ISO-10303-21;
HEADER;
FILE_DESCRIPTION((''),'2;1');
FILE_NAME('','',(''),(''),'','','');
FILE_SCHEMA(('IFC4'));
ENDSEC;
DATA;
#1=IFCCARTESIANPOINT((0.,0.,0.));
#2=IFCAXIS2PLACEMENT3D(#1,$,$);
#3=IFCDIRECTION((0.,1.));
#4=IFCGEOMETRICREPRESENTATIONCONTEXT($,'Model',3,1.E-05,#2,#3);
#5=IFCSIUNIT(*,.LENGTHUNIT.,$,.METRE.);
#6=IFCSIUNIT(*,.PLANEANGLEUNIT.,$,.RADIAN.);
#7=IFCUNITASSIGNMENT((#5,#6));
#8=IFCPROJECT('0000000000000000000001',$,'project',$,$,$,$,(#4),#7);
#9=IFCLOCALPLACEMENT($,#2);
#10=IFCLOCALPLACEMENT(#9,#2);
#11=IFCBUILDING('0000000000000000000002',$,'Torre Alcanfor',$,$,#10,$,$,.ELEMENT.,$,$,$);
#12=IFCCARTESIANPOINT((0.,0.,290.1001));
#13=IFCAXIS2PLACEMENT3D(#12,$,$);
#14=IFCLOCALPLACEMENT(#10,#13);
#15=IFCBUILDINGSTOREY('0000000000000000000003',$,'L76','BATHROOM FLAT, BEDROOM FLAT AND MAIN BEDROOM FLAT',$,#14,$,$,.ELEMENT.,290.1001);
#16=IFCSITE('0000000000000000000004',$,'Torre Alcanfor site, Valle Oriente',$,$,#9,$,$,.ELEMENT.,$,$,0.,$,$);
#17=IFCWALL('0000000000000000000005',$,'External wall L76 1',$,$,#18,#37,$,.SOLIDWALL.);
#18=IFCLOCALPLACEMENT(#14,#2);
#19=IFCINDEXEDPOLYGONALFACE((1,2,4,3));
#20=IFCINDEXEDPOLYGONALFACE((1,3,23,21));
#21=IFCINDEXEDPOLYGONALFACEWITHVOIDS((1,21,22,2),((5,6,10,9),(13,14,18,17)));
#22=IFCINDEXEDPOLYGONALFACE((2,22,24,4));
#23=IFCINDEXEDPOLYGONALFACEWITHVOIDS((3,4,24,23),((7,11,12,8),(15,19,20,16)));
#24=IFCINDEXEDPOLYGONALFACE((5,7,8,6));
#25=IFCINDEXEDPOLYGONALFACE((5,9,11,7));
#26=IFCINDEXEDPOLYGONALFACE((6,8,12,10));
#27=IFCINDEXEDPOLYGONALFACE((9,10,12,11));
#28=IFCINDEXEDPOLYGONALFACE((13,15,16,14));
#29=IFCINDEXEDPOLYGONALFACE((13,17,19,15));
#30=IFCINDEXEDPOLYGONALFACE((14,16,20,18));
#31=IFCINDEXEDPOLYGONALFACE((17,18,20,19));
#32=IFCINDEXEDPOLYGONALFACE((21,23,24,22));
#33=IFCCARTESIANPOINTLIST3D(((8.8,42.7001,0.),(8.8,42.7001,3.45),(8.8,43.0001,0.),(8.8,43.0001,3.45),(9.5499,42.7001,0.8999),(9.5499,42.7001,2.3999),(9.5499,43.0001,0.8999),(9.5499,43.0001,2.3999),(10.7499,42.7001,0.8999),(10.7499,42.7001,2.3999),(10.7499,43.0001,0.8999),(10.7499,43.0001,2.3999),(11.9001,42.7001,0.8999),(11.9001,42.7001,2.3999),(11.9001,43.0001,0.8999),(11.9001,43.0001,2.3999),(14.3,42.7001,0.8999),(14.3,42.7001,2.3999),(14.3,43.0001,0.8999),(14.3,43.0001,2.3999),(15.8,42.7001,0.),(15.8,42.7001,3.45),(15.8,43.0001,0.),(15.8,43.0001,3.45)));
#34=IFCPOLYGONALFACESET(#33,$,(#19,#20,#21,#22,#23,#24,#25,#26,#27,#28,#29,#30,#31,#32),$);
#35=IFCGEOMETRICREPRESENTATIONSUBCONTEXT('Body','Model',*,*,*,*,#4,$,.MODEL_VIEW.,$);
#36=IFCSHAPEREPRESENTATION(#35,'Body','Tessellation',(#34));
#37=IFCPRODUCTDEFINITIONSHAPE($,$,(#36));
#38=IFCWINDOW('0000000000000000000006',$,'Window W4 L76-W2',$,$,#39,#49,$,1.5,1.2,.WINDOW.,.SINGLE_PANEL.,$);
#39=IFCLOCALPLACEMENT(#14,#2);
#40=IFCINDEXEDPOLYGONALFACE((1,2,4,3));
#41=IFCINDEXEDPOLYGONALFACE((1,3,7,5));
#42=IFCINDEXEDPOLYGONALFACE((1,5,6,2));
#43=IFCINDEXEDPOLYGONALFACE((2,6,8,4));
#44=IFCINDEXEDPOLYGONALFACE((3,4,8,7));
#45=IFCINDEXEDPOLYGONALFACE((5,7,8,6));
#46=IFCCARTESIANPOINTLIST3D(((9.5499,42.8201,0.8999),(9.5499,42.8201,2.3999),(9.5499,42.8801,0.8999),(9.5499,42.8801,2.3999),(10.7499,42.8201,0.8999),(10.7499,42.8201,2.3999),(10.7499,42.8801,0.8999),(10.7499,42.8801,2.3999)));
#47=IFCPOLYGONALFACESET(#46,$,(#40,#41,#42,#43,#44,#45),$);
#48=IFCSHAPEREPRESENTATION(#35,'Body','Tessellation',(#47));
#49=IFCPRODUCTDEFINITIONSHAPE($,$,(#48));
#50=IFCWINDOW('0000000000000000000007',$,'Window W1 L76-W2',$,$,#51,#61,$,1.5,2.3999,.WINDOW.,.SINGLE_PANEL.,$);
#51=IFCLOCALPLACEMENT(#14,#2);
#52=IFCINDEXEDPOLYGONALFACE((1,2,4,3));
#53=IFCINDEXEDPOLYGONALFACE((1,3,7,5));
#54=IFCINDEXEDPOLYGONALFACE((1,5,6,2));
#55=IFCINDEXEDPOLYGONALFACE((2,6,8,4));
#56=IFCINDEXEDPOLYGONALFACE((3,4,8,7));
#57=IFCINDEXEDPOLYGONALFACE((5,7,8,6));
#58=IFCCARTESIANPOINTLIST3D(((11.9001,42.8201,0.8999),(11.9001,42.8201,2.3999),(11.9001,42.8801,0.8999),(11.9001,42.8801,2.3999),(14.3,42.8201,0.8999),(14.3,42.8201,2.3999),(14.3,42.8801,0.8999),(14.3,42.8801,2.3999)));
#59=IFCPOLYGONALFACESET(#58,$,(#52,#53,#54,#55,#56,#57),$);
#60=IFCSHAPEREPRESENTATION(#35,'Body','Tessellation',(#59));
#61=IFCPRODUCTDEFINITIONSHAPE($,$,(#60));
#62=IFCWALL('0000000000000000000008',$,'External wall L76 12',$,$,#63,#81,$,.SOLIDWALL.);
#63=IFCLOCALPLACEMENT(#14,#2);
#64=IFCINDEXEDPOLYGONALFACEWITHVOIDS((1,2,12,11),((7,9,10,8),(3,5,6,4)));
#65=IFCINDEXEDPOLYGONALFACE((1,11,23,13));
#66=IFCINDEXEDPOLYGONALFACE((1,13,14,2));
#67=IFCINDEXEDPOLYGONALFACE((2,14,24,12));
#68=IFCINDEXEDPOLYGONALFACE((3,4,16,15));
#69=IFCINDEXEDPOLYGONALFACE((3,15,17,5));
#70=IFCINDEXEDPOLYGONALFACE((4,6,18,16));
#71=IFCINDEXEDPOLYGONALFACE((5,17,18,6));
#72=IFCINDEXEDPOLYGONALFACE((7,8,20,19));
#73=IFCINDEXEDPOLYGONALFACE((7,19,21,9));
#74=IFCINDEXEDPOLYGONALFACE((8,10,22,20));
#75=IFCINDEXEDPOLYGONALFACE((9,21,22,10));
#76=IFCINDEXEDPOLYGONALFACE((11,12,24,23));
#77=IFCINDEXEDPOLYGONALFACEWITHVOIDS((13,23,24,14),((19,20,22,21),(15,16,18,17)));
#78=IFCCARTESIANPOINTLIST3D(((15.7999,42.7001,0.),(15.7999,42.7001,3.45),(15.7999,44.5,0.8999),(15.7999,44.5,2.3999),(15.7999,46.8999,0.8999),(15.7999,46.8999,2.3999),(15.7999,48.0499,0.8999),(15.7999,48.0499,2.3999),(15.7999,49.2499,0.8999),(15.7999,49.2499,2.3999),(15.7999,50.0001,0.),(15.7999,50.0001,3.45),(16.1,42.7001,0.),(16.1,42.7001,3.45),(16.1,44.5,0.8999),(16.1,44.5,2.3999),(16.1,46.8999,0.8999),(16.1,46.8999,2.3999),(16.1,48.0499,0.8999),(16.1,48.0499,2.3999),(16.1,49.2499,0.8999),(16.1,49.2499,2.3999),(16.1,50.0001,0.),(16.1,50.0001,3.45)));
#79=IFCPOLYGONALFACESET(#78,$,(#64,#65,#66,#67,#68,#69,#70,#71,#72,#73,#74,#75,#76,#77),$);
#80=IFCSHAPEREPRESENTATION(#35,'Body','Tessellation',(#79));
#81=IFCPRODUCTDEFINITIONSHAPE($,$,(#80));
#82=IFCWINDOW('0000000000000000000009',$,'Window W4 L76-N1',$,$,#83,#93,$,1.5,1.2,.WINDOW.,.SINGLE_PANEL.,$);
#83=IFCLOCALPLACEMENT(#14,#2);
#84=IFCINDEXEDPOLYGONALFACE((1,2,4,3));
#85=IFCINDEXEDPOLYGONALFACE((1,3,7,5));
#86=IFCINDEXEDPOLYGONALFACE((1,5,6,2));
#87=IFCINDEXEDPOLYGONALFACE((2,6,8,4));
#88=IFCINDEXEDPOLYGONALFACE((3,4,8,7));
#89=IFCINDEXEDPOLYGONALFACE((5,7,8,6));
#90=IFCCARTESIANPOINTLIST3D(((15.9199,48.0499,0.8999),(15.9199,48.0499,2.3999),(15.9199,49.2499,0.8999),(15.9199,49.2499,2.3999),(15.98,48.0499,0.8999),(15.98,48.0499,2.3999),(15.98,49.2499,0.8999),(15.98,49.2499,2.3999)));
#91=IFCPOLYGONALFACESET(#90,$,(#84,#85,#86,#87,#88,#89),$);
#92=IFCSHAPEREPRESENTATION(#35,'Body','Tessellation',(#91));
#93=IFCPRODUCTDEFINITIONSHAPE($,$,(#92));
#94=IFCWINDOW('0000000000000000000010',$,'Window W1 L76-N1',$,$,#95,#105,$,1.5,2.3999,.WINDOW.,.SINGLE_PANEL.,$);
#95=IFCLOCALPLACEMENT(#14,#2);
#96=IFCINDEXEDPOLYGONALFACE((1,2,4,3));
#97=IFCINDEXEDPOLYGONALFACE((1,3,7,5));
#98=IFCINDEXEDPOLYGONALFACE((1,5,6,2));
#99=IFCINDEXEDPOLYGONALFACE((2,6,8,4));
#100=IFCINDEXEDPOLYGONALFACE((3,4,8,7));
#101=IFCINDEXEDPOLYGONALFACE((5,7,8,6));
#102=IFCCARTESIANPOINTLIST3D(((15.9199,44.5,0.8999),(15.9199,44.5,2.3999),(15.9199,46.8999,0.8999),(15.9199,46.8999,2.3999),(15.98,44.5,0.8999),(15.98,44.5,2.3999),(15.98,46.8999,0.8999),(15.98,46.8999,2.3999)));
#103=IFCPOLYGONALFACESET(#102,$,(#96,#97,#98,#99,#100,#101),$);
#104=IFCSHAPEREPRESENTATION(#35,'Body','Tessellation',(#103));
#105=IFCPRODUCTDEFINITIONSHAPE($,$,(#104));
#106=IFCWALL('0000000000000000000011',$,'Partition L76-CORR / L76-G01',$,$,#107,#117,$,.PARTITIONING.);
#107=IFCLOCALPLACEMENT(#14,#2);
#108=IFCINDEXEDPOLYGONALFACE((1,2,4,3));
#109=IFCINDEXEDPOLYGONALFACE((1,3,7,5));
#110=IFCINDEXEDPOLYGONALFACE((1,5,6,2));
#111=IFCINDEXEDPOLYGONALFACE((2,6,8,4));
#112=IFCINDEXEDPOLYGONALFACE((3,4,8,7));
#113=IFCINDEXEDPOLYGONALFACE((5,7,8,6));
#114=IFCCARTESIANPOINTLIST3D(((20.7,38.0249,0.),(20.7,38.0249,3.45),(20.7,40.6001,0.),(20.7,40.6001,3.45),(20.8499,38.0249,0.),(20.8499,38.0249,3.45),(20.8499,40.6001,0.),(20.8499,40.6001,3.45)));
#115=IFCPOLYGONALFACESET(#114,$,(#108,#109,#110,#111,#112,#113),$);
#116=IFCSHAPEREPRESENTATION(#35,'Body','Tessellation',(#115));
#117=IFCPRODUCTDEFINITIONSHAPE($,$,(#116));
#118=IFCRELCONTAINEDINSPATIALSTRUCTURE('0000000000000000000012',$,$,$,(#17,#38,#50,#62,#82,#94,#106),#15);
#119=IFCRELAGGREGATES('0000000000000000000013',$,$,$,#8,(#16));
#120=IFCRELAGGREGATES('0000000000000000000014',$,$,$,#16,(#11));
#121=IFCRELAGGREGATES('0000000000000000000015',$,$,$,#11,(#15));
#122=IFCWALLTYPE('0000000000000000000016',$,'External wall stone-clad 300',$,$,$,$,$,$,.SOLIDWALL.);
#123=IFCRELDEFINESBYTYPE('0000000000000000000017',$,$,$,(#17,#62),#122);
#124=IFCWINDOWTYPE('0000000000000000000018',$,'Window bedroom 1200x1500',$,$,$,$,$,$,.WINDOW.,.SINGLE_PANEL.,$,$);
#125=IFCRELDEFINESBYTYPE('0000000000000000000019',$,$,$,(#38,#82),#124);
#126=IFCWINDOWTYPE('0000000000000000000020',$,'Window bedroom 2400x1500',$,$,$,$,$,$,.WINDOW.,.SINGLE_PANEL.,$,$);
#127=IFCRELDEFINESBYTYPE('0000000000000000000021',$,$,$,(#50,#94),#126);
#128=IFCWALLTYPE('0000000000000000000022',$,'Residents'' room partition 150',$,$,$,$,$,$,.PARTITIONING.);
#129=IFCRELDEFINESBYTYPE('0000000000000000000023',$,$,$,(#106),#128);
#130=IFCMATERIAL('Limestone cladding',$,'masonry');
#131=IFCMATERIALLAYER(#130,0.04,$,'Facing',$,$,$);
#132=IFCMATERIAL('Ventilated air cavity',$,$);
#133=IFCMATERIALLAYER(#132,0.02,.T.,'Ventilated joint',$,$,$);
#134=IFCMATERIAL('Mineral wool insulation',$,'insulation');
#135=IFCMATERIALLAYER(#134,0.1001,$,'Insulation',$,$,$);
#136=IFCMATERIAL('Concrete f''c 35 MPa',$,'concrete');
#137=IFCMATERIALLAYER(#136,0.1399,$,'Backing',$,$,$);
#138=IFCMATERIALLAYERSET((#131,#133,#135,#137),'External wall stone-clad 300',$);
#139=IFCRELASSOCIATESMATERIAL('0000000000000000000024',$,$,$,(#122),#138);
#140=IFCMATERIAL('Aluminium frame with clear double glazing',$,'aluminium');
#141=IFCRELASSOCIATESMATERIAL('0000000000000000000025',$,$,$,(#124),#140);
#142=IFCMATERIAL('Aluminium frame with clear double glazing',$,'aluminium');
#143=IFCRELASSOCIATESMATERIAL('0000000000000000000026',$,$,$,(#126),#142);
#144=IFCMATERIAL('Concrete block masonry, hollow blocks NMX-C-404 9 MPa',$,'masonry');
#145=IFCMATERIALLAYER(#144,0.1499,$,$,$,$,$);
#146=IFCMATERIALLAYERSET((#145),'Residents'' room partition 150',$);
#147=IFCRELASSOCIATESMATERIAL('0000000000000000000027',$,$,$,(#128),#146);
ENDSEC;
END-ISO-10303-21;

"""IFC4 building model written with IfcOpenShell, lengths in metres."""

from ifc_helpers import new_model, si_unit, direction, frame, frame_2d, origin, place, context, subcontext, project, spatial, rectangle, extrude, material, layer, layer_set, type_object, element, fill, save


model = new_model("IFC4")

# Units and contexts
model_context = context("Model", 3, precision=1e-05, world=origin(), true_north=direction((0.0, 1.0)))
body_context = subcontext(model_context, "Body", "Model", "MODEL_VIEW")
ifc_project = project(units=[si_unit("LENGTHUNIT", "METRE"), si_unit("PLANEANGLEUNIT", "RADIAN")], contexts=[model_context])

# Site, building, storey
site_placement = place(None, origin())
site = spatial("IfcSite", under=ifc_project, at=site_placement, Name="Torre Alcanfor site, Valle Oriente", CompositionType="ELEMENT", RefElevation=0.0)
building_placement = place(site_placement, origin())
building = spatial("IfcBuilding", under=site, at=building_placement, Name="Torre Alcanfor", CompositionType="ELEMENT")
storey_placement = place(building_placement, frame((0.0, 0.0, 290.1001)))
storey = spatial("IfcBuildingStorey", under=building, at=storey_placement, Name="L76", Description="BATHROOM FLAT, BEDROOM FLAT AND MAIN BEDROOM FLAT", CompositionType="ELEMENT", Elevation=290.1001)

# Walls, openings, windows
ifc_material_1 = material(Name="Limestone cladding", Category="masonry")
ifc_layer_1 = layer(ifc_material_1, 0.04, Name="Facing")
ifc_material_2 = material(Name="Ventilated air cavity")
ifc_layer_2 = layer(ifc_material_2, 0.02, ventilated=True, Name="Ventilated joint")
ifc_material_3 = material(Name="Mineral wool insulation", Category="insulation")
ifc_layer_3 = layer(ifc_material_3, 0.1001, Name="Insulation")
ifc_material_4 = material(Name="Concrete f'c 35 MPa", Category="concrete")
ifc_layer_4 = layer(ifc_material_4, 0.1399, Name="Backing")
ifc_layer_set_1 = layer_set([ifc_layer_1, ifc_layer_2, ifc_layer_3, ifc_layer_4], Name="External wall stone-clad 300")
wall_type_1 = type_object("IfcWallType", Name="External wall stone-clad 300", PredefinedType="SOLIDWALL", material=ifc_layer_set_1)
wall_1_placement = place(storey_placement, frame((15.8, 42.8501, 0.0), z_axis=(0.0, 0.0, 1.0), x_axis=(-1.0, 0.0, 0.0)))
wall_1 = element("IfcWall", 1, at=wall_1_placement, inside=storey, type_object=wall_type_1, Name="External wall L76 1", PredefinedType="SOLIDWALL", context=body_context, shape_type="SweptSolid", body=[
    extrude(rectangle(XDim=7.0, YDim=0.3, at=frame_2d((3.5, 0.0))), origin(), (0.0, 0.0, 1.0), 3.45),
])
opening_1_placement = place(wall_1_placement, frame((1.5, 0.0, 0.8999)))
opening_1 = element("IfcOpeningElement", 2, at=opening_1_placement, cuts=wall_1, PredefinedType="OPENING", context=body_context, shape_type="SweptSolid", body=[
    extrude(rectangle(XDim=2.3999, YDim=1.5, at=frame_2d((1.2, 0.75))), frame((0.0, 0.1599, 0.0), z_axis=(0.0, -1.0, 0.0), x_axis=(1.0, 0.0, 0.0)), (0.0, 0.0, 1.0), 0.3201),
])
opening_2_placement = place(wall_1_placement, frame((5.05, 0.0, 0.8999)))
opening_2 = element("IfcOpeningElement", 3, at=opening_2_placement, cuts=wall_1, PredefinedType="OPENING", context=body_context, shape_type="SweptSolid", body=[
    extrude(rectangle(XDim=1.2, YDim=1.5, at=frame_2d((0.6001, 0.75))), frame((0.0, 0.1599, 0.0), z_axis=(0.0, -1.0, 0.0), x_axis=(1.0, 0.0, 0.0)), (0.0, 0.0, 1.0), 0.3201),
])
ifc_material_5 = material(Name="Aluminium frame with clear double glazing", Category="aluminium")
window_type_1 = type_object("IfcWindowType", Name="Window bedroom 1200x1500", PartitioningType="SINGLE_PANEL", PredefinedType="WINDOW", material=ifc_material_5)
window_1_placement = place(opening_2_placement, origin())
window_1 = element("IfcWindow", 4, at=window_1_placement, inside=storey, type_object=window_type_1, Name="Window W4 L76-W2", OverallHeight=1.5, OverallWidth=1.2, PartitioningType="SINGLE_PANEL", PredefinedType="WINDOW", context=body_context, shape_type="SweptSolid", body=[
    extrude(rectangle(XDim=1.2, YDim=1.5, at=frame_2d((0.6001, 0.75))), frame((0.0, 0.03, 0.0), z_axis=(0.0, -1.0, 0.0), x_axis=(1.0, 0.0, 0.0)), (0.0, 0.0, 1.0), 0.0601),
])
fill(opening_2, window_1)
ifc_material_6 = material(Name="Aluminium frame with clear double glazing", Category="aluminium")
window_type_2 = type_object("IfcWindowType", Name="Window bedroom 2400x1500", PartitioningType="SINGLE_PANEL", PredefinedType="WINDOW", material=ifc_material_6)
window_2_placement = place(opening_1_placement, origin())
window_2 = element("IfcWindow", 5, at=window_2_placement, inside=storey, type_object=window_type_2, Name="Window W1 L76-W2", OverallHeight=1.5, OverallWidth=2.3999, PartitioningType="SINGLE_PANEL", PredefinedType="WINDOW", context=body_context, shape_type="SweptSolid", body=[
    extrude(rectangle(XDim=2.3999, YDim=1.5, at=frame_2d((1.2, 0.75))), frame((0.0, 0.03, 0.0), z_axis=(0.0, -1.0, 0.0), x_axis=(1.0, 0.0, 0.0)), (0.0, 0.0, 1.0), 0.0601),
])
fill(opening_1, window_2)
wall_2_placement = place(storey_placement, frame((15.95, 50.0, 0.0), z_axis=(0.0, 0.0, 1.0), x_axis=(0.0, -1.0, 0.0)))
wall_2 = element("IfcWall", 6, at=wall_2_placement, inside=storey, type_object=wall_type_1, Name="External wall L76 12", PredefinedType="SOLIDWALL", context=body_context, shape_type="SweptSolid", body=[
    extrude(rectangle(XDim=7.3, YDim=0.3, at=frame_2d((3.6499, 0.0))), origin(), (0.0, 0.0, 1.0), 3.45),
])
opening_3_placement = place(wall_2_placement, frame((3.1001, 0.0, 0.8999)))
opening_3 = element("IfcOpeningElement", 7, at=opening_3_placement, cuts=wall_2, PredefinedType="OPENING", context=body_context, shape_type="SweptSolid", body=[
    extrude(rectangle(XDim=2.3999, YDim=1.5, at=frame_2d((1.2, 0.75))), frame((0.0, 0.1599, 0.0), z_axis=(0.0, -1.0, 0.0), x_axis=(1.0, 0.0, 0.0)), (0.0, 0.0, 1.0), 0.3201),
])
opening_4_placement = place(wall_2_placement, frame((0.75, 0.0, 0.8999)))
opening_4 = element("IfcOpeningElement", 8, at=opening_4_placement, cuts=wall_2, PredefinedType="OPENING", context=body_context, shape_type="SweptSolid", body=[
    extrude(rectangle(XDim=1.2, YDim=1.5, at=frame_2d((0.6001, 0.75))), frame((0.0, 0.1599, 0.0), z_axis=(0.0, -1.0, 0.0), x_axis=(1.0, 0.0, 0.0)), (0.0, 0.0, 1.0), 0.3201),
])
window_3_placement = place(opening_4_placement, origin())
window_3 = element("IfcWindow", 9, at=window_3_placement, inside=storey, type_object=window_type_1, Name="Window W4 L76-N1", OverallHeight=1.5, OverallWidth=1.2, PartitioningType="SINGLE_PANEL", PredefinedType="WINDOW", context=body_context, shape_type="SweptSolid", body=[
    extrude(rectangle(XDim=1.2, YDim=1.5, at=frame_2d((0.6001, 0.75))), frame((0.0, 0.03, 0.0), z_axis=(0.0, -1.0, 0.0), x_axis=(1.0, 0.0, 0.0)), (0.0, 0.0, 1.0), 0.0601),
])
fill(opening_4, window_3)
window_4_placement = place(opening_3_placement, origin())
window_4 = element("IfcWindow", 10, at=window_4_placement, inside=storey, type_object=window_type_2, Name="Window W1 L76-N1", OverallHeight=1.5, OverallWidth=2.3999, PartitioningType="SINGLE_PANEL", PredefinedType="WINDOW", context=body_context, shape_type="SweptSolid", body=[
    extrude(rectangle(XDim=2.3999, YDim=1.5, at=frame_2d((1.2, 0.75))), frame((0.0, 0.03, 0.0), z_axis=(0.0, -1.0, 0.0), x_axis=(1.0, 0.0, 0.0)), (0.0, 0.0, 1.0), 0.0601),
])
fill(opening_3, window_4)

# Wall
ifc_material_7 = material(Name="Concrete block masonry, hollow blocks NMX-C-404 9 MPa", Category="masonry")
ifc_layer_5 = layer(ifc_material_7, 0.1499)
ifc_layer_set_2 = layer_set([ifc_layer_5], Name="Residents' room partition 150")
wall_type_2 = type_object("IfcWallType", Name="Residents' room partition 150", PredefinedType="PARTITIONING", material=ifc_layer_set_2)
wall_3_placement = place(storey_placement, frame((20.7749, 40.6001, 0.0), z_axis=(0.0, 0.0, 1.0), x_axis=(0.0, -1.0, 0.0)))
element("IfcWall", 11, at=wall_3_placement, inside=storey, type_object=wall_type_2, Name="Partition L76-CORR / L76-G01", PredefinedType="PARTITIONING", context=body_context, shape_type="SweptSolid", body=[
    extrude(rectangle(XDim=2.5752, YDim=0.1499, at=frame_2d((1.2876, 0.0))), origin(), (0.0, 0.0, 1.0), 3.45),
])

save(model, "model.ifc")
